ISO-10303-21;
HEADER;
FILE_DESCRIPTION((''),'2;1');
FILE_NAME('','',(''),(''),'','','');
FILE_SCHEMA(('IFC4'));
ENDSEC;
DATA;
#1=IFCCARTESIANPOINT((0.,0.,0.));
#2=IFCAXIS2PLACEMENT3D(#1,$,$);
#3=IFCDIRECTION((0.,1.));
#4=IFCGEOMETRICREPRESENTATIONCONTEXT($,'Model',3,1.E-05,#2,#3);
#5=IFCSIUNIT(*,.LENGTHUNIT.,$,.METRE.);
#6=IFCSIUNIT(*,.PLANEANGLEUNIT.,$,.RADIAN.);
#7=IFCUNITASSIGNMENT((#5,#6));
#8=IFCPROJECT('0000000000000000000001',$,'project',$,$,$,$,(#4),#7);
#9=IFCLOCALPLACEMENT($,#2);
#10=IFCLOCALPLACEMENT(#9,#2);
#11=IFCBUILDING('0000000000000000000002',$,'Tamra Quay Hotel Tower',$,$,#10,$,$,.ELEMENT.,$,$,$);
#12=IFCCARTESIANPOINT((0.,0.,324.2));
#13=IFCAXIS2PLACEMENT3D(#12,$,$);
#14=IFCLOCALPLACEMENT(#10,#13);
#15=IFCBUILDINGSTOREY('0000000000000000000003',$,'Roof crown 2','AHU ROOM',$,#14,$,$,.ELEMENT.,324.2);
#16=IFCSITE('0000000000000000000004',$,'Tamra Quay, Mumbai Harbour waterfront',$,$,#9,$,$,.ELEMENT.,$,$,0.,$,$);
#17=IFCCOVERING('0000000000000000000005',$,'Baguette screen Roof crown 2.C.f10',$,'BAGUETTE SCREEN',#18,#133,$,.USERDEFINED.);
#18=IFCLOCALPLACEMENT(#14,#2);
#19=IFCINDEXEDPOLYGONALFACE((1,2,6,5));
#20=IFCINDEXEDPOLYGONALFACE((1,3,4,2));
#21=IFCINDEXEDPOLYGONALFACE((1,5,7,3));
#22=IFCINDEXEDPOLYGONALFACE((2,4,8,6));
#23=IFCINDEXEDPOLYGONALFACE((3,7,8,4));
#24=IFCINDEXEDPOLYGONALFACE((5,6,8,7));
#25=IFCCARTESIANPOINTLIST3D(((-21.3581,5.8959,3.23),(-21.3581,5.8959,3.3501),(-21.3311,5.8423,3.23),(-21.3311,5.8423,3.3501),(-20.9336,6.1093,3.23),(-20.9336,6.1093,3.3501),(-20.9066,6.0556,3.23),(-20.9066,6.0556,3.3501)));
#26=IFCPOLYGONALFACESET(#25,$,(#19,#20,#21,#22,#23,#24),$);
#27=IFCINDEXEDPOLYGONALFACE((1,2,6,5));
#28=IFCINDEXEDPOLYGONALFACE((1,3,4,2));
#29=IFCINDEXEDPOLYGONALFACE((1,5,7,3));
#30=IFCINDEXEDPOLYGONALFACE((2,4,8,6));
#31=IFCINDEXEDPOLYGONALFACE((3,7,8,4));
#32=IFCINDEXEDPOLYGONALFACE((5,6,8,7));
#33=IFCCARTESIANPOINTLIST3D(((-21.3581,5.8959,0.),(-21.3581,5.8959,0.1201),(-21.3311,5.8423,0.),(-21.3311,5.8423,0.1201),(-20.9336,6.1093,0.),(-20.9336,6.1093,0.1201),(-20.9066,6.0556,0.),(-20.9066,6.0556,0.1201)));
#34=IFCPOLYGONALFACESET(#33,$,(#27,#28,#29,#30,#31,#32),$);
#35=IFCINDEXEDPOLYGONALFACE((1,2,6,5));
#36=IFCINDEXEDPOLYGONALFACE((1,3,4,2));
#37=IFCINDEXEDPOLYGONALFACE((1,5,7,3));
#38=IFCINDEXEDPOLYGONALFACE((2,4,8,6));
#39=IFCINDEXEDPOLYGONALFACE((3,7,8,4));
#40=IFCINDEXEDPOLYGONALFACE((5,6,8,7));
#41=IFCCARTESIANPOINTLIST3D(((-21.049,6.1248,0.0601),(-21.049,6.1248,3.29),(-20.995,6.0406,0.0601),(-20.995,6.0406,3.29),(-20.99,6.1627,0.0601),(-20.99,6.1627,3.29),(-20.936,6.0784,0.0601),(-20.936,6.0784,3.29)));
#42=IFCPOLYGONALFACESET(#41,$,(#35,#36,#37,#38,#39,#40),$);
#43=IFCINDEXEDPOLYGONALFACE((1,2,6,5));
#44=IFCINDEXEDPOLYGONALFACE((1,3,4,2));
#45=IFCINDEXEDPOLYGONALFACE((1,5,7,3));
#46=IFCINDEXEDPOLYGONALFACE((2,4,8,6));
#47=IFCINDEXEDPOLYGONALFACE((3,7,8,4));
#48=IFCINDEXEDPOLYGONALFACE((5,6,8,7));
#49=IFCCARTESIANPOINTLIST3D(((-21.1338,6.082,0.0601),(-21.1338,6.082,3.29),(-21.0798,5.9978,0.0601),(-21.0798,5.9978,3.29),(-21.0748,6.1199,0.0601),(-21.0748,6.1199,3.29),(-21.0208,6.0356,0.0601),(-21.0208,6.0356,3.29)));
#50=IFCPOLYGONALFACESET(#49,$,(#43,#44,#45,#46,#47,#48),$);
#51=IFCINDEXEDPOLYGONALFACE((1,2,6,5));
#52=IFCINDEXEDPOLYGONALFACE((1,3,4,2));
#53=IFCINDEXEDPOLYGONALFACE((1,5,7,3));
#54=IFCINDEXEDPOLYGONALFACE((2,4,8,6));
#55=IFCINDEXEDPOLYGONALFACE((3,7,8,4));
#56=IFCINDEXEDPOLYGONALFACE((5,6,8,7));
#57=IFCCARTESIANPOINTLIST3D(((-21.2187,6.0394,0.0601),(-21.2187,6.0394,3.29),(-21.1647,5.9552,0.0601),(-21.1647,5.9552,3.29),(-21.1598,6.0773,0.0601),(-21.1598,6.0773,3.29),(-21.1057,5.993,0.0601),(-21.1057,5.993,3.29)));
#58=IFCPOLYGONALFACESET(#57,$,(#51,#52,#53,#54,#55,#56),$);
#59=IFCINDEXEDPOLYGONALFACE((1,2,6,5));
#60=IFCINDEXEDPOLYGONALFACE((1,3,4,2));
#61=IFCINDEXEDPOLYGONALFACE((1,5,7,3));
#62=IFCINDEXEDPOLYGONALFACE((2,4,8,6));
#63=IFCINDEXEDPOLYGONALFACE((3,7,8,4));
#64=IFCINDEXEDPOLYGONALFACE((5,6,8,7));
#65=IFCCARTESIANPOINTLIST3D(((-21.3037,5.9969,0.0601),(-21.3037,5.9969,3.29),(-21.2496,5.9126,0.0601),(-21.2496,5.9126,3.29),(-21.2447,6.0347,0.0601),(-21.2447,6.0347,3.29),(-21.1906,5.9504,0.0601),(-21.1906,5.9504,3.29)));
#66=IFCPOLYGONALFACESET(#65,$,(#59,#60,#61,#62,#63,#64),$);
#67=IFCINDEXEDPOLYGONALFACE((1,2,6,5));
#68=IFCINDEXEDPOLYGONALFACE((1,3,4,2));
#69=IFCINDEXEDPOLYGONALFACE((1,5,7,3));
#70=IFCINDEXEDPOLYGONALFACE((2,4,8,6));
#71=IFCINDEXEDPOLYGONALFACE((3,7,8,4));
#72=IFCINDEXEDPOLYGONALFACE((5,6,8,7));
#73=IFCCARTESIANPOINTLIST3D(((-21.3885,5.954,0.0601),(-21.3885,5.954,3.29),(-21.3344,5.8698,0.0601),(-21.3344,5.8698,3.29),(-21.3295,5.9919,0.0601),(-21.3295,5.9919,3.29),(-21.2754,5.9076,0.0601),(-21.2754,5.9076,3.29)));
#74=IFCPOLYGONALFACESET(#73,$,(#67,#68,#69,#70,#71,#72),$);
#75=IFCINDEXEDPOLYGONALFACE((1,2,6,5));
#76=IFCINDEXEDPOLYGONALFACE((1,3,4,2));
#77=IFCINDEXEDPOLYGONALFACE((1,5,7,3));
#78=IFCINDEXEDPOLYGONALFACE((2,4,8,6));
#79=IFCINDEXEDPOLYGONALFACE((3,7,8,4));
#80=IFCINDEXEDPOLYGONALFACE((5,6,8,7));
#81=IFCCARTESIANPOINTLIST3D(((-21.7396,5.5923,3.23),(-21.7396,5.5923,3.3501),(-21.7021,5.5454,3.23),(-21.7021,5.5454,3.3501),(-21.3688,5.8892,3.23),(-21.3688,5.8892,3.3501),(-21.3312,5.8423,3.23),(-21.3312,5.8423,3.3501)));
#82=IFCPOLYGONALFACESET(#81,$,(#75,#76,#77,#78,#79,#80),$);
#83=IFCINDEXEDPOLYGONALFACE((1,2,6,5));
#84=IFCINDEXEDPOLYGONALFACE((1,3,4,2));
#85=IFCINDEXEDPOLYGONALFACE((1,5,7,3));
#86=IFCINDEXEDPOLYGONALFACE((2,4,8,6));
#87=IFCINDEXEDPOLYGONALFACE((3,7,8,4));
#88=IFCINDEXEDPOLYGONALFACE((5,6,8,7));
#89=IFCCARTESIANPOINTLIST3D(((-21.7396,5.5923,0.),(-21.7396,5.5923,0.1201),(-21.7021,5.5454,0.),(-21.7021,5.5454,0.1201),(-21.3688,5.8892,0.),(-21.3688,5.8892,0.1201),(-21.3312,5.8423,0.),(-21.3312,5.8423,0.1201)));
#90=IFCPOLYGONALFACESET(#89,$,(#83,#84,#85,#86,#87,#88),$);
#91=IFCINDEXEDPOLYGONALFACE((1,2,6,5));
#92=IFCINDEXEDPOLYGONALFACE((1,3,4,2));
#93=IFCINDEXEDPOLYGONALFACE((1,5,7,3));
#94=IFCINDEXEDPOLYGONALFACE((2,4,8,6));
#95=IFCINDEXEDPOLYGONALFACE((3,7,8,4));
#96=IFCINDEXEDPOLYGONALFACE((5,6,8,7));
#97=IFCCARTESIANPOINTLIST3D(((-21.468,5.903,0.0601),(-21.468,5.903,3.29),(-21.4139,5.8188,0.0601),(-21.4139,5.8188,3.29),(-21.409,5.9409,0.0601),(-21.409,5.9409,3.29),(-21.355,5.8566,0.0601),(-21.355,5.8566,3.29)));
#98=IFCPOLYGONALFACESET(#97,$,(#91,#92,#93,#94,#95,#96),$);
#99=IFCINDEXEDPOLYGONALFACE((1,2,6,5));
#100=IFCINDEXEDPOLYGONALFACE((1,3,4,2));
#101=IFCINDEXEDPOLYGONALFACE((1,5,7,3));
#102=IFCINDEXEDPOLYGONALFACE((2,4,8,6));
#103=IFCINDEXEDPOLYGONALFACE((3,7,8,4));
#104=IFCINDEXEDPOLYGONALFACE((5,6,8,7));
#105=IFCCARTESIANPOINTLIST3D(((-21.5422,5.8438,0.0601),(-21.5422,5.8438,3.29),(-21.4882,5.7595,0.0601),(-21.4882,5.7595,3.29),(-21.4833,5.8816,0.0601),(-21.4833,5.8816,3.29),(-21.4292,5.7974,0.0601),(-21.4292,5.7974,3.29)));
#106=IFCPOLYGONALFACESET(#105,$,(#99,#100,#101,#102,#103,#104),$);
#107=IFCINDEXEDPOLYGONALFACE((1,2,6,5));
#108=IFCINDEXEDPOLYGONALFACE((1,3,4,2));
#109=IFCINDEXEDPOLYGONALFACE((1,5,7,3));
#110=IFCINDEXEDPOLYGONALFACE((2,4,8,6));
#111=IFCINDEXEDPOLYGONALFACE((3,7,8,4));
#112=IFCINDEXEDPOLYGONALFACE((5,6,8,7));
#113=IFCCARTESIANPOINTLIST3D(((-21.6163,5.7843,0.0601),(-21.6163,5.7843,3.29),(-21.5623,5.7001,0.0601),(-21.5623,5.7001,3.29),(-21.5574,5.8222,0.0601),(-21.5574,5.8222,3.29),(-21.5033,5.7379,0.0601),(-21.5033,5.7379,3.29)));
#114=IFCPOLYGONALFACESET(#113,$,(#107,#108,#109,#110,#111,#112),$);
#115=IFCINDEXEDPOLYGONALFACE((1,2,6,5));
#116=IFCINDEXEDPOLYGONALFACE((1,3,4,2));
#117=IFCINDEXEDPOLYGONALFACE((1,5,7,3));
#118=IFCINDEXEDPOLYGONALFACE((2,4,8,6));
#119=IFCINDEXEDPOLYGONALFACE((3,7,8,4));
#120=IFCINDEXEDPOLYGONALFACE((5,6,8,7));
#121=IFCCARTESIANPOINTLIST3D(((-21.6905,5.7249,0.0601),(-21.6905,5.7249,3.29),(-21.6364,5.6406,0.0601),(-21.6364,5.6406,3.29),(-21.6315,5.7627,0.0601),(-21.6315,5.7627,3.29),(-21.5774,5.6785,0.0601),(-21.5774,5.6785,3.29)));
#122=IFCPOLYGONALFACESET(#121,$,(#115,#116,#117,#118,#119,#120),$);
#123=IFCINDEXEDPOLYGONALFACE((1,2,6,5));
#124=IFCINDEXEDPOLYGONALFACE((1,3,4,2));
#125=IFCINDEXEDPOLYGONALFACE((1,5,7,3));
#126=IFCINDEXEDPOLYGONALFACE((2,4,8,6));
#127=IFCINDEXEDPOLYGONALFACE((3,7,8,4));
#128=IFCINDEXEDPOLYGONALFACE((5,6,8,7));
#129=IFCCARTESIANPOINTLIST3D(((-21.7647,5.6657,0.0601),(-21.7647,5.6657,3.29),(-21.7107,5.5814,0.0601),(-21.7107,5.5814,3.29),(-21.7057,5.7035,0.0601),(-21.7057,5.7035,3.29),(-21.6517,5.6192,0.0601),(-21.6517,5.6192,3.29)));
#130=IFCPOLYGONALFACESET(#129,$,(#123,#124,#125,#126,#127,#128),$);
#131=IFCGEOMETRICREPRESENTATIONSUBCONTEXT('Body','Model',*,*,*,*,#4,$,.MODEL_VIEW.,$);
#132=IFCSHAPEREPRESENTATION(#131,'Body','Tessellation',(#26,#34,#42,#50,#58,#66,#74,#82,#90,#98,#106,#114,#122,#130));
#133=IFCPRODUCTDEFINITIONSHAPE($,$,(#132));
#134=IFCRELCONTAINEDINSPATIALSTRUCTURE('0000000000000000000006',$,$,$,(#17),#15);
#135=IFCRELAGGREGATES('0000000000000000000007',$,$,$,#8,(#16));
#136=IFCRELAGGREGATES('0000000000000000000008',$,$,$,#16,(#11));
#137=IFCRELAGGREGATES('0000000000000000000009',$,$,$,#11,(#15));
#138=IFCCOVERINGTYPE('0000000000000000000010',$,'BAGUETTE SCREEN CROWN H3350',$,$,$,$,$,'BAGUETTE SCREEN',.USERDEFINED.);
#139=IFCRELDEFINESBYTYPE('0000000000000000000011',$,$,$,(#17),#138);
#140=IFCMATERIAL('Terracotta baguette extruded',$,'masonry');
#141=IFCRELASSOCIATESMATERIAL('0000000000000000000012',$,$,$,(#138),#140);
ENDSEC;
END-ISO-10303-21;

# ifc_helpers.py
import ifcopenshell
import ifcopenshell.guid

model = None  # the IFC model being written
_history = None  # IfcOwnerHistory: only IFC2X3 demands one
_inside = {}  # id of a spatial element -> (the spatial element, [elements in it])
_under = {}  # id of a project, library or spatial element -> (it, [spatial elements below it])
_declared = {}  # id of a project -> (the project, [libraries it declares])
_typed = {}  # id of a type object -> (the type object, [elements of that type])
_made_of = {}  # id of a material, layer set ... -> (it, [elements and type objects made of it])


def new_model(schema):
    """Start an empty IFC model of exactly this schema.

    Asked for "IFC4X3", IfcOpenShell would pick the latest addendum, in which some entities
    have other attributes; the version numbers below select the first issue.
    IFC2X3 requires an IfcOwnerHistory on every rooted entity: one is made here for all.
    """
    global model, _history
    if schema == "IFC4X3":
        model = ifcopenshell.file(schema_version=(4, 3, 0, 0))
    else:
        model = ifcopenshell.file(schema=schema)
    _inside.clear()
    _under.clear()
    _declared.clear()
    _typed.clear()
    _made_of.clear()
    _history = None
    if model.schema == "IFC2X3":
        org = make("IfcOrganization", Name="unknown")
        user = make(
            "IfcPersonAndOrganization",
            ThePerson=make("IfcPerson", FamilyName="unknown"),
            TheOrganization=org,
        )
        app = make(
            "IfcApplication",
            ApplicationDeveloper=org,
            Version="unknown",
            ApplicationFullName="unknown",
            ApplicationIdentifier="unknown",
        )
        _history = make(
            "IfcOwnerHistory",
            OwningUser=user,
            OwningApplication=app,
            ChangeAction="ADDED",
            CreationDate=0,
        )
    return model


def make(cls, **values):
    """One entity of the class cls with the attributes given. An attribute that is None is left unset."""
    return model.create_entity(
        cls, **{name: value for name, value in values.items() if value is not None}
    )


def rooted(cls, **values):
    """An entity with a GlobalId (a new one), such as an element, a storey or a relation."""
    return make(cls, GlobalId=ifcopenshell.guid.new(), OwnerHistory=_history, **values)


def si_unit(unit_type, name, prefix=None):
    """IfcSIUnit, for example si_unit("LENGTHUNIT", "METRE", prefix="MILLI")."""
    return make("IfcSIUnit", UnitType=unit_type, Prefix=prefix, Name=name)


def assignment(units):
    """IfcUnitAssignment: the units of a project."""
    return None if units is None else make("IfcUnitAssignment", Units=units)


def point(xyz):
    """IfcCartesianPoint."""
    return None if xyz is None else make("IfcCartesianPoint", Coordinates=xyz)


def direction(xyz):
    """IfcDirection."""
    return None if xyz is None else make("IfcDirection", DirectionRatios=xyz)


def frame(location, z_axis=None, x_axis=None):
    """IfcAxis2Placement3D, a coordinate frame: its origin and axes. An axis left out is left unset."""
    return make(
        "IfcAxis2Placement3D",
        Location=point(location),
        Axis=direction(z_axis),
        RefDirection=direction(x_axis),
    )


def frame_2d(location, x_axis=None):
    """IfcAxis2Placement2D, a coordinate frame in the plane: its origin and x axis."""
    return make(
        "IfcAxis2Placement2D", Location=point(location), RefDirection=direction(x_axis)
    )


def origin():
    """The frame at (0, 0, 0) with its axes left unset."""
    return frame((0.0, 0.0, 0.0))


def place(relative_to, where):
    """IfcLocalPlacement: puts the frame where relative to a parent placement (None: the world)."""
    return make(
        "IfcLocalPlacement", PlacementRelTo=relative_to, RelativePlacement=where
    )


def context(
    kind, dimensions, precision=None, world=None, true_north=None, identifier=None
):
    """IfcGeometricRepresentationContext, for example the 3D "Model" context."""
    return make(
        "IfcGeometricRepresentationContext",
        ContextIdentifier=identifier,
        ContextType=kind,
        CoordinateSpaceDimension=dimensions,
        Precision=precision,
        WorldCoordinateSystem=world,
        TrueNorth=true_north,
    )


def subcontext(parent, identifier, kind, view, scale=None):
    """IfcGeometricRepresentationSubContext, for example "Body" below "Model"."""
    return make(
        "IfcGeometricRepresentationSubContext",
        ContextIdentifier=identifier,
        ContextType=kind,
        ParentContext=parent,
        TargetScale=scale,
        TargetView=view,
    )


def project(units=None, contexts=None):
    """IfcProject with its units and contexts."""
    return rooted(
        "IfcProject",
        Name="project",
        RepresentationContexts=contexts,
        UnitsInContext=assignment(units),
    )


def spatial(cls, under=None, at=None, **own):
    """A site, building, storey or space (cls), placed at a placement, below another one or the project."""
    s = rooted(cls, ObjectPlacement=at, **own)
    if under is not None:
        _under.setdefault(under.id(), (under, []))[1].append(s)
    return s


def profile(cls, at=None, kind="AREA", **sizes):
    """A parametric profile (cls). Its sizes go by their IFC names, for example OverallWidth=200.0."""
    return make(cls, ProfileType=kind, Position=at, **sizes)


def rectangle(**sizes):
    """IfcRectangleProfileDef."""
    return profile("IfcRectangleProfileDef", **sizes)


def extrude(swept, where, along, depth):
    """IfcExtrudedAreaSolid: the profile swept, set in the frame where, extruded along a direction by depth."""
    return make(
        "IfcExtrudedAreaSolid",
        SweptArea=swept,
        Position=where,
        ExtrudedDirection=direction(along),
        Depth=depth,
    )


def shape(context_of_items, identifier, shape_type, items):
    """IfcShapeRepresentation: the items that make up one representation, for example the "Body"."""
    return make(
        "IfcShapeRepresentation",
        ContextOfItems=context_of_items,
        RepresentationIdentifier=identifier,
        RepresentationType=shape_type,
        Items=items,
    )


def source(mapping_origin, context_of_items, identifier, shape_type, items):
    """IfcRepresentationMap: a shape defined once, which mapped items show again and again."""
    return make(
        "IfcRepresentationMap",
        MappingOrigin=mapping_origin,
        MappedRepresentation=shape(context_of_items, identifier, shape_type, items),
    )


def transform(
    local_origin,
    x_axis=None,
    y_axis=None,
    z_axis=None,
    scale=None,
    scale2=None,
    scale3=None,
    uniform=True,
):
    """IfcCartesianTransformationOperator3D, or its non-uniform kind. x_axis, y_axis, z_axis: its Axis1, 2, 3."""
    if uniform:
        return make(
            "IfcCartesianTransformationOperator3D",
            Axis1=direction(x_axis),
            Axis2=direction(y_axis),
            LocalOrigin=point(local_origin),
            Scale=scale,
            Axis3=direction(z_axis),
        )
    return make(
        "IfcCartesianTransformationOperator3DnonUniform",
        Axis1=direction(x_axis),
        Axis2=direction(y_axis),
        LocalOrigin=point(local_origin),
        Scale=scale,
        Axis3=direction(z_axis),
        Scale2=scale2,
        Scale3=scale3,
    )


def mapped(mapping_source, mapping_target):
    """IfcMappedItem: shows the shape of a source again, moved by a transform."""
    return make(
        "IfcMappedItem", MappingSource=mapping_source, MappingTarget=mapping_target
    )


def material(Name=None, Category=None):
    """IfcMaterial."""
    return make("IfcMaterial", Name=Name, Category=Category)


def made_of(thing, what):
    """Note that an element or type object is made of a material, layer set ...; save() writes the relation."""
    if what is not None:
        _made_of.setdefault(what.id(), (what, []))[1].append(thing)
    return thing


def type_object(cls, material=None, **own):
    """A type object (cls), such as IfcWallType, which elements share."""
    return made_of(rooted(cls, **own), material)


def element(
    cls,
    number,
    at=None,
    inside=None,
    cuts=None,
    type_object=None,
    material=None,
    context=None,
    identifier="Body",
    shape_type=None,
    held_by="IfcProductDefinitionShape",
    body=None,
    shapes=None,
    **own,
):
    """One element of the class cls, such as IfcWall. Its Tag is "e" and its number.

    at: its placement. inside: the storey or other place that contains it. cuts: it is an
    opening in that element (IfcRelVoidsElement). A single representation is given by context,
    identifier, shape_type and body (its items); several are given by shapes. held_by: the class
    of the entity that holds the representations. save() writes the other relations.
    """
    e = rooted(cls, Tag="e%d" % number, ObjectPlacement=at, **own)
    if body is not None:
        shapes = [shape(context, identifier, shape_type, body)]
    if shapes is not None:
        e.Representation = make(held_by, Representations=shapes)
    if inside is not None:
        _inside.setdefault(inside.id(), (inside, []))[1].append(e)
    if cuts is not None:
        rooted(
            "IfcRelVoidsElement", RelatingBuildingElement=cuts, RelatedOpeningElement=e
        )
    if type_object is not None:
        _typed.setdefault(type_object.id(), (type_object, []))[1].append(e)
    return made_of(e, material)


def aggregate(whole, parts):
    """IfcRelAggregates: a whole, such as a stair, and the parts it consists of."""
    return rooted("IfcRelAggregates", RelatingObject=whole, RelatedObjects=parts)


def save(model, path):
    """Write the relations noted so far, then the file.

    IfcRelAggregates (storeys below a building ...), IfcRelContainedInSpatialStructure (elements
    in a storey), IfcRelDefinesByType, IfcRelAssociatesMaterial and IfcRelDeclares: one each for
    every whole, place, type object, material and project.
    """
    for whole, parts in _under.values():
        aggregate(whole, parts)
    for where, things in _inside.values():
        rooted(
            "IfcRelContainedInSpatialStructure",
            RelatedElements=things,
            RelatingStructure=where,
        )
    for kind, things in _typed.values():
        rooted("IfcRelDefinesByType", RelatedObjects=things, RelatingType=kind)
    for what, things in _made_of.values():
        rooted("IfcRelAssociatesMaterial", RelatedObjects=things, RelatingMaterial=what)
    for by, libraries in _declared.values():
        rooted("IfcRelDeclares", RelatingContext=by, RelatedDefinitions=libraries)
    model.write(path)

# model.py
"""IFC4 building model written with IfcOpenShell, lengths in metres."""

from ifc_helpers import new_model, si_unit, direction, frame, frame_2d, origin, place, context, subcontext, project, spatial, rectangle, extrude, source, transform, mapped, material, type_object, element, save


model = new_model("IFC4")

# Units and contexts
model_context = context("Model", 3, precision=1e-05, world=origin(), true_north=direction((0.0, 1.0)))
body_context = subcontext(model_context, "Body", "Model", "MODEL_VIEW")
ifc_project = project(units=[si_unit("LENGTHUNIT", "METRE"), si_unit("PLANEANGLEUNIT", "RADIAN")], contexts=[model_context])

# Site, building, storey
site_placement = place(None, origin())
site = spatial("IfcSite", under=ifc_project, at=site_placement, Name="Tamra Quay, Mumbai Harbour waterfront", CompositionType="ELEMENT", RefElevation=0.0)
building_placement = place(site_placement, origin())
building = spatial("IfcBuilding", under=site, at=building_placement, Name="Tamra Quay Hotel Tower", CompositionType="ELEMENT")
storey_placement = place(building_placement, frame((0.0, 0.0, 324.2)))
storey = spatial("IfcBuildingStorey", under=building, at=storey_placement, Name="Roof crown 2", Description="AHU ROOM", CompositionType="ELEMENT", Elevation=324.2)

# Covering
ifc_material_1 = material(Name="Terracotta baguette extruded", Category="masonry")
covering_type = type_object("IfcCoveringType", Name="BAGUETTE SCREEN CROWN H3350", ElementType="BAGUETTE SCREEN", PredefinedType="USERDEFINED", material=ifc_material_1)
shared_shape_1 = source(origin(), body_context, "Body", "SweptSolid", [
    extrude(rectangle(XDim=0.4751, YDim=0.0601, at=frame_2d((0.2375, 0.03))), frame((-0.4788, -0.0576, -0.1201), z_axis=(0.0, 0.0, 1.0), x_axis=(0.994522, -0.104528, 0.0)), (0.0, 0.0, 1.0), 0.1201),
    extrude(rectangle(XDim=0.4751, YDim=0.0601, at=frame_2d((0.2375, 0.03))), frame((-0.4788, -0.0576, -3.3501), z_axis=(0.0, 0.0, 1.0), x_axis=(0.994522, -0.104528, 0.0)), (0.0, 0.0, 1.0), 0.1201),
    extrude(rectangle(XDim=0.0701, YDim=0.1001, at=frame_2d((0.0352, 0.05))), frame((-0.4602, -0.1331, -3.29)), (0.0, 0.0, 1.0), 3.23),
    extrude(rectangle(XDim=0.0701, YDim=0.1001, at=frame_2d((0.0352, 0.05))), frame((-0.3657, -0.1428, -3.29)), (0.0, 0.0, 1.0), 3.23),
    extrude(rectangle(XDim=0.0701, YDim=0.1001, at=frame_2d((0.0352, 0.05))), frame((-0.2712, -0.1528, -3.29)), (0.0, 0.0, 1.0), 3.23),
    extrude(rectangle(XDim=0.0701, YDim=0.1001, at=frame_2d((0.0352, 0.05))), frame((-0.1768, -0.1628, -3.29)), (0.0, 0.0, 1.0), 3.23),
    extrude(rectangle(XDim=0.0701, YDim=0.1001, at=frame_2d((0.0352, 0.05))), frame((-0.0823, -0.1726, -3.29)), (0.0, 0.0, 1.0), 3.23),
    extrude(rectangle(XDim=0.4751, YDim=0.0601, at=frame_2d((0.2375, 0.03))), frame((0.0063, -0.1074, -0.1201), z_axis=(0.0, 0.0, 1.0), x_axis=(0.994522, 0.104528, 0.0)), (0.0, 0.0, 1.0), 0.1201),
    extrude(rectangle(XDim=0.4751, YDim=0.0601, at=frame_2d((0.2375, 0.03))), frame((0.0063, -0.1074, -3.3501), z_axis=(0.0, 0.0, 1.0), x_axis=(0.994522, 0.104528, 0.0)), (0.0, 0.0, 1.0), 0.1201),
    extrude(rectangle(XDim=0.0701, YDim=0.1001, at=frame_2d((0.0352, 0.05))), frame((0.0122, -0.1726, -3.29)), (0.0, 0.0, 1.0), 3.23),
    extrude(rectangle(XDim=0.0701, YDim=0.1001, at=frame_2d((0.0352, 0.05))), frame((0.1067, -0.1628, -3.29)), (0.0, 0.0, 1.0), 3.23),
    extrude(rectangle(XDim=0.0701, YDim=0.1001, at=frame_2d((0.0352, 0.05))), frame((0.2012, -0.1528, -3.29)), (0.0, 0.0, 1.0), 3.23),
    extrude(rectangle(XDim=0.0701, YDim=0.1001, at=frame_2d((0.0352, 0.05))), frame((0.2957, -0.1428, -3.29)), (0.0, 0.0, 1.0), 3.23),
    extrude(rectangle(XDim=0.0701, YDim=0.1001, at=frame_2d((0.0352, 0.05))), frame((0.3901, -0.1331, -3.29)), (0.0, 0.0, 1.0), 3.23),
])
covering_1_placement = place(storey_placement, frame((-21.3054, 5.8022, 3.3501), z_axis=(0.0, 0.0, 1.0), x_axis=(-0.841665, -0.54, 0.0)))
element("IfcCovering", 1, at=covering_1_placement, inside=storey, type_object=covering_type, Name="Baguette screen Roof crown 2.C.f10", ObjectType="BAGUETTE SCREEN", PredefinedType="USERDEFINED", context=body_context, shape_type="MappedRepresentation", body=[
    mapped(shared_shape_1, transform((0.0, 0.0, 0.0), scale=1.0)),
])

save(model, "model.ifc")
